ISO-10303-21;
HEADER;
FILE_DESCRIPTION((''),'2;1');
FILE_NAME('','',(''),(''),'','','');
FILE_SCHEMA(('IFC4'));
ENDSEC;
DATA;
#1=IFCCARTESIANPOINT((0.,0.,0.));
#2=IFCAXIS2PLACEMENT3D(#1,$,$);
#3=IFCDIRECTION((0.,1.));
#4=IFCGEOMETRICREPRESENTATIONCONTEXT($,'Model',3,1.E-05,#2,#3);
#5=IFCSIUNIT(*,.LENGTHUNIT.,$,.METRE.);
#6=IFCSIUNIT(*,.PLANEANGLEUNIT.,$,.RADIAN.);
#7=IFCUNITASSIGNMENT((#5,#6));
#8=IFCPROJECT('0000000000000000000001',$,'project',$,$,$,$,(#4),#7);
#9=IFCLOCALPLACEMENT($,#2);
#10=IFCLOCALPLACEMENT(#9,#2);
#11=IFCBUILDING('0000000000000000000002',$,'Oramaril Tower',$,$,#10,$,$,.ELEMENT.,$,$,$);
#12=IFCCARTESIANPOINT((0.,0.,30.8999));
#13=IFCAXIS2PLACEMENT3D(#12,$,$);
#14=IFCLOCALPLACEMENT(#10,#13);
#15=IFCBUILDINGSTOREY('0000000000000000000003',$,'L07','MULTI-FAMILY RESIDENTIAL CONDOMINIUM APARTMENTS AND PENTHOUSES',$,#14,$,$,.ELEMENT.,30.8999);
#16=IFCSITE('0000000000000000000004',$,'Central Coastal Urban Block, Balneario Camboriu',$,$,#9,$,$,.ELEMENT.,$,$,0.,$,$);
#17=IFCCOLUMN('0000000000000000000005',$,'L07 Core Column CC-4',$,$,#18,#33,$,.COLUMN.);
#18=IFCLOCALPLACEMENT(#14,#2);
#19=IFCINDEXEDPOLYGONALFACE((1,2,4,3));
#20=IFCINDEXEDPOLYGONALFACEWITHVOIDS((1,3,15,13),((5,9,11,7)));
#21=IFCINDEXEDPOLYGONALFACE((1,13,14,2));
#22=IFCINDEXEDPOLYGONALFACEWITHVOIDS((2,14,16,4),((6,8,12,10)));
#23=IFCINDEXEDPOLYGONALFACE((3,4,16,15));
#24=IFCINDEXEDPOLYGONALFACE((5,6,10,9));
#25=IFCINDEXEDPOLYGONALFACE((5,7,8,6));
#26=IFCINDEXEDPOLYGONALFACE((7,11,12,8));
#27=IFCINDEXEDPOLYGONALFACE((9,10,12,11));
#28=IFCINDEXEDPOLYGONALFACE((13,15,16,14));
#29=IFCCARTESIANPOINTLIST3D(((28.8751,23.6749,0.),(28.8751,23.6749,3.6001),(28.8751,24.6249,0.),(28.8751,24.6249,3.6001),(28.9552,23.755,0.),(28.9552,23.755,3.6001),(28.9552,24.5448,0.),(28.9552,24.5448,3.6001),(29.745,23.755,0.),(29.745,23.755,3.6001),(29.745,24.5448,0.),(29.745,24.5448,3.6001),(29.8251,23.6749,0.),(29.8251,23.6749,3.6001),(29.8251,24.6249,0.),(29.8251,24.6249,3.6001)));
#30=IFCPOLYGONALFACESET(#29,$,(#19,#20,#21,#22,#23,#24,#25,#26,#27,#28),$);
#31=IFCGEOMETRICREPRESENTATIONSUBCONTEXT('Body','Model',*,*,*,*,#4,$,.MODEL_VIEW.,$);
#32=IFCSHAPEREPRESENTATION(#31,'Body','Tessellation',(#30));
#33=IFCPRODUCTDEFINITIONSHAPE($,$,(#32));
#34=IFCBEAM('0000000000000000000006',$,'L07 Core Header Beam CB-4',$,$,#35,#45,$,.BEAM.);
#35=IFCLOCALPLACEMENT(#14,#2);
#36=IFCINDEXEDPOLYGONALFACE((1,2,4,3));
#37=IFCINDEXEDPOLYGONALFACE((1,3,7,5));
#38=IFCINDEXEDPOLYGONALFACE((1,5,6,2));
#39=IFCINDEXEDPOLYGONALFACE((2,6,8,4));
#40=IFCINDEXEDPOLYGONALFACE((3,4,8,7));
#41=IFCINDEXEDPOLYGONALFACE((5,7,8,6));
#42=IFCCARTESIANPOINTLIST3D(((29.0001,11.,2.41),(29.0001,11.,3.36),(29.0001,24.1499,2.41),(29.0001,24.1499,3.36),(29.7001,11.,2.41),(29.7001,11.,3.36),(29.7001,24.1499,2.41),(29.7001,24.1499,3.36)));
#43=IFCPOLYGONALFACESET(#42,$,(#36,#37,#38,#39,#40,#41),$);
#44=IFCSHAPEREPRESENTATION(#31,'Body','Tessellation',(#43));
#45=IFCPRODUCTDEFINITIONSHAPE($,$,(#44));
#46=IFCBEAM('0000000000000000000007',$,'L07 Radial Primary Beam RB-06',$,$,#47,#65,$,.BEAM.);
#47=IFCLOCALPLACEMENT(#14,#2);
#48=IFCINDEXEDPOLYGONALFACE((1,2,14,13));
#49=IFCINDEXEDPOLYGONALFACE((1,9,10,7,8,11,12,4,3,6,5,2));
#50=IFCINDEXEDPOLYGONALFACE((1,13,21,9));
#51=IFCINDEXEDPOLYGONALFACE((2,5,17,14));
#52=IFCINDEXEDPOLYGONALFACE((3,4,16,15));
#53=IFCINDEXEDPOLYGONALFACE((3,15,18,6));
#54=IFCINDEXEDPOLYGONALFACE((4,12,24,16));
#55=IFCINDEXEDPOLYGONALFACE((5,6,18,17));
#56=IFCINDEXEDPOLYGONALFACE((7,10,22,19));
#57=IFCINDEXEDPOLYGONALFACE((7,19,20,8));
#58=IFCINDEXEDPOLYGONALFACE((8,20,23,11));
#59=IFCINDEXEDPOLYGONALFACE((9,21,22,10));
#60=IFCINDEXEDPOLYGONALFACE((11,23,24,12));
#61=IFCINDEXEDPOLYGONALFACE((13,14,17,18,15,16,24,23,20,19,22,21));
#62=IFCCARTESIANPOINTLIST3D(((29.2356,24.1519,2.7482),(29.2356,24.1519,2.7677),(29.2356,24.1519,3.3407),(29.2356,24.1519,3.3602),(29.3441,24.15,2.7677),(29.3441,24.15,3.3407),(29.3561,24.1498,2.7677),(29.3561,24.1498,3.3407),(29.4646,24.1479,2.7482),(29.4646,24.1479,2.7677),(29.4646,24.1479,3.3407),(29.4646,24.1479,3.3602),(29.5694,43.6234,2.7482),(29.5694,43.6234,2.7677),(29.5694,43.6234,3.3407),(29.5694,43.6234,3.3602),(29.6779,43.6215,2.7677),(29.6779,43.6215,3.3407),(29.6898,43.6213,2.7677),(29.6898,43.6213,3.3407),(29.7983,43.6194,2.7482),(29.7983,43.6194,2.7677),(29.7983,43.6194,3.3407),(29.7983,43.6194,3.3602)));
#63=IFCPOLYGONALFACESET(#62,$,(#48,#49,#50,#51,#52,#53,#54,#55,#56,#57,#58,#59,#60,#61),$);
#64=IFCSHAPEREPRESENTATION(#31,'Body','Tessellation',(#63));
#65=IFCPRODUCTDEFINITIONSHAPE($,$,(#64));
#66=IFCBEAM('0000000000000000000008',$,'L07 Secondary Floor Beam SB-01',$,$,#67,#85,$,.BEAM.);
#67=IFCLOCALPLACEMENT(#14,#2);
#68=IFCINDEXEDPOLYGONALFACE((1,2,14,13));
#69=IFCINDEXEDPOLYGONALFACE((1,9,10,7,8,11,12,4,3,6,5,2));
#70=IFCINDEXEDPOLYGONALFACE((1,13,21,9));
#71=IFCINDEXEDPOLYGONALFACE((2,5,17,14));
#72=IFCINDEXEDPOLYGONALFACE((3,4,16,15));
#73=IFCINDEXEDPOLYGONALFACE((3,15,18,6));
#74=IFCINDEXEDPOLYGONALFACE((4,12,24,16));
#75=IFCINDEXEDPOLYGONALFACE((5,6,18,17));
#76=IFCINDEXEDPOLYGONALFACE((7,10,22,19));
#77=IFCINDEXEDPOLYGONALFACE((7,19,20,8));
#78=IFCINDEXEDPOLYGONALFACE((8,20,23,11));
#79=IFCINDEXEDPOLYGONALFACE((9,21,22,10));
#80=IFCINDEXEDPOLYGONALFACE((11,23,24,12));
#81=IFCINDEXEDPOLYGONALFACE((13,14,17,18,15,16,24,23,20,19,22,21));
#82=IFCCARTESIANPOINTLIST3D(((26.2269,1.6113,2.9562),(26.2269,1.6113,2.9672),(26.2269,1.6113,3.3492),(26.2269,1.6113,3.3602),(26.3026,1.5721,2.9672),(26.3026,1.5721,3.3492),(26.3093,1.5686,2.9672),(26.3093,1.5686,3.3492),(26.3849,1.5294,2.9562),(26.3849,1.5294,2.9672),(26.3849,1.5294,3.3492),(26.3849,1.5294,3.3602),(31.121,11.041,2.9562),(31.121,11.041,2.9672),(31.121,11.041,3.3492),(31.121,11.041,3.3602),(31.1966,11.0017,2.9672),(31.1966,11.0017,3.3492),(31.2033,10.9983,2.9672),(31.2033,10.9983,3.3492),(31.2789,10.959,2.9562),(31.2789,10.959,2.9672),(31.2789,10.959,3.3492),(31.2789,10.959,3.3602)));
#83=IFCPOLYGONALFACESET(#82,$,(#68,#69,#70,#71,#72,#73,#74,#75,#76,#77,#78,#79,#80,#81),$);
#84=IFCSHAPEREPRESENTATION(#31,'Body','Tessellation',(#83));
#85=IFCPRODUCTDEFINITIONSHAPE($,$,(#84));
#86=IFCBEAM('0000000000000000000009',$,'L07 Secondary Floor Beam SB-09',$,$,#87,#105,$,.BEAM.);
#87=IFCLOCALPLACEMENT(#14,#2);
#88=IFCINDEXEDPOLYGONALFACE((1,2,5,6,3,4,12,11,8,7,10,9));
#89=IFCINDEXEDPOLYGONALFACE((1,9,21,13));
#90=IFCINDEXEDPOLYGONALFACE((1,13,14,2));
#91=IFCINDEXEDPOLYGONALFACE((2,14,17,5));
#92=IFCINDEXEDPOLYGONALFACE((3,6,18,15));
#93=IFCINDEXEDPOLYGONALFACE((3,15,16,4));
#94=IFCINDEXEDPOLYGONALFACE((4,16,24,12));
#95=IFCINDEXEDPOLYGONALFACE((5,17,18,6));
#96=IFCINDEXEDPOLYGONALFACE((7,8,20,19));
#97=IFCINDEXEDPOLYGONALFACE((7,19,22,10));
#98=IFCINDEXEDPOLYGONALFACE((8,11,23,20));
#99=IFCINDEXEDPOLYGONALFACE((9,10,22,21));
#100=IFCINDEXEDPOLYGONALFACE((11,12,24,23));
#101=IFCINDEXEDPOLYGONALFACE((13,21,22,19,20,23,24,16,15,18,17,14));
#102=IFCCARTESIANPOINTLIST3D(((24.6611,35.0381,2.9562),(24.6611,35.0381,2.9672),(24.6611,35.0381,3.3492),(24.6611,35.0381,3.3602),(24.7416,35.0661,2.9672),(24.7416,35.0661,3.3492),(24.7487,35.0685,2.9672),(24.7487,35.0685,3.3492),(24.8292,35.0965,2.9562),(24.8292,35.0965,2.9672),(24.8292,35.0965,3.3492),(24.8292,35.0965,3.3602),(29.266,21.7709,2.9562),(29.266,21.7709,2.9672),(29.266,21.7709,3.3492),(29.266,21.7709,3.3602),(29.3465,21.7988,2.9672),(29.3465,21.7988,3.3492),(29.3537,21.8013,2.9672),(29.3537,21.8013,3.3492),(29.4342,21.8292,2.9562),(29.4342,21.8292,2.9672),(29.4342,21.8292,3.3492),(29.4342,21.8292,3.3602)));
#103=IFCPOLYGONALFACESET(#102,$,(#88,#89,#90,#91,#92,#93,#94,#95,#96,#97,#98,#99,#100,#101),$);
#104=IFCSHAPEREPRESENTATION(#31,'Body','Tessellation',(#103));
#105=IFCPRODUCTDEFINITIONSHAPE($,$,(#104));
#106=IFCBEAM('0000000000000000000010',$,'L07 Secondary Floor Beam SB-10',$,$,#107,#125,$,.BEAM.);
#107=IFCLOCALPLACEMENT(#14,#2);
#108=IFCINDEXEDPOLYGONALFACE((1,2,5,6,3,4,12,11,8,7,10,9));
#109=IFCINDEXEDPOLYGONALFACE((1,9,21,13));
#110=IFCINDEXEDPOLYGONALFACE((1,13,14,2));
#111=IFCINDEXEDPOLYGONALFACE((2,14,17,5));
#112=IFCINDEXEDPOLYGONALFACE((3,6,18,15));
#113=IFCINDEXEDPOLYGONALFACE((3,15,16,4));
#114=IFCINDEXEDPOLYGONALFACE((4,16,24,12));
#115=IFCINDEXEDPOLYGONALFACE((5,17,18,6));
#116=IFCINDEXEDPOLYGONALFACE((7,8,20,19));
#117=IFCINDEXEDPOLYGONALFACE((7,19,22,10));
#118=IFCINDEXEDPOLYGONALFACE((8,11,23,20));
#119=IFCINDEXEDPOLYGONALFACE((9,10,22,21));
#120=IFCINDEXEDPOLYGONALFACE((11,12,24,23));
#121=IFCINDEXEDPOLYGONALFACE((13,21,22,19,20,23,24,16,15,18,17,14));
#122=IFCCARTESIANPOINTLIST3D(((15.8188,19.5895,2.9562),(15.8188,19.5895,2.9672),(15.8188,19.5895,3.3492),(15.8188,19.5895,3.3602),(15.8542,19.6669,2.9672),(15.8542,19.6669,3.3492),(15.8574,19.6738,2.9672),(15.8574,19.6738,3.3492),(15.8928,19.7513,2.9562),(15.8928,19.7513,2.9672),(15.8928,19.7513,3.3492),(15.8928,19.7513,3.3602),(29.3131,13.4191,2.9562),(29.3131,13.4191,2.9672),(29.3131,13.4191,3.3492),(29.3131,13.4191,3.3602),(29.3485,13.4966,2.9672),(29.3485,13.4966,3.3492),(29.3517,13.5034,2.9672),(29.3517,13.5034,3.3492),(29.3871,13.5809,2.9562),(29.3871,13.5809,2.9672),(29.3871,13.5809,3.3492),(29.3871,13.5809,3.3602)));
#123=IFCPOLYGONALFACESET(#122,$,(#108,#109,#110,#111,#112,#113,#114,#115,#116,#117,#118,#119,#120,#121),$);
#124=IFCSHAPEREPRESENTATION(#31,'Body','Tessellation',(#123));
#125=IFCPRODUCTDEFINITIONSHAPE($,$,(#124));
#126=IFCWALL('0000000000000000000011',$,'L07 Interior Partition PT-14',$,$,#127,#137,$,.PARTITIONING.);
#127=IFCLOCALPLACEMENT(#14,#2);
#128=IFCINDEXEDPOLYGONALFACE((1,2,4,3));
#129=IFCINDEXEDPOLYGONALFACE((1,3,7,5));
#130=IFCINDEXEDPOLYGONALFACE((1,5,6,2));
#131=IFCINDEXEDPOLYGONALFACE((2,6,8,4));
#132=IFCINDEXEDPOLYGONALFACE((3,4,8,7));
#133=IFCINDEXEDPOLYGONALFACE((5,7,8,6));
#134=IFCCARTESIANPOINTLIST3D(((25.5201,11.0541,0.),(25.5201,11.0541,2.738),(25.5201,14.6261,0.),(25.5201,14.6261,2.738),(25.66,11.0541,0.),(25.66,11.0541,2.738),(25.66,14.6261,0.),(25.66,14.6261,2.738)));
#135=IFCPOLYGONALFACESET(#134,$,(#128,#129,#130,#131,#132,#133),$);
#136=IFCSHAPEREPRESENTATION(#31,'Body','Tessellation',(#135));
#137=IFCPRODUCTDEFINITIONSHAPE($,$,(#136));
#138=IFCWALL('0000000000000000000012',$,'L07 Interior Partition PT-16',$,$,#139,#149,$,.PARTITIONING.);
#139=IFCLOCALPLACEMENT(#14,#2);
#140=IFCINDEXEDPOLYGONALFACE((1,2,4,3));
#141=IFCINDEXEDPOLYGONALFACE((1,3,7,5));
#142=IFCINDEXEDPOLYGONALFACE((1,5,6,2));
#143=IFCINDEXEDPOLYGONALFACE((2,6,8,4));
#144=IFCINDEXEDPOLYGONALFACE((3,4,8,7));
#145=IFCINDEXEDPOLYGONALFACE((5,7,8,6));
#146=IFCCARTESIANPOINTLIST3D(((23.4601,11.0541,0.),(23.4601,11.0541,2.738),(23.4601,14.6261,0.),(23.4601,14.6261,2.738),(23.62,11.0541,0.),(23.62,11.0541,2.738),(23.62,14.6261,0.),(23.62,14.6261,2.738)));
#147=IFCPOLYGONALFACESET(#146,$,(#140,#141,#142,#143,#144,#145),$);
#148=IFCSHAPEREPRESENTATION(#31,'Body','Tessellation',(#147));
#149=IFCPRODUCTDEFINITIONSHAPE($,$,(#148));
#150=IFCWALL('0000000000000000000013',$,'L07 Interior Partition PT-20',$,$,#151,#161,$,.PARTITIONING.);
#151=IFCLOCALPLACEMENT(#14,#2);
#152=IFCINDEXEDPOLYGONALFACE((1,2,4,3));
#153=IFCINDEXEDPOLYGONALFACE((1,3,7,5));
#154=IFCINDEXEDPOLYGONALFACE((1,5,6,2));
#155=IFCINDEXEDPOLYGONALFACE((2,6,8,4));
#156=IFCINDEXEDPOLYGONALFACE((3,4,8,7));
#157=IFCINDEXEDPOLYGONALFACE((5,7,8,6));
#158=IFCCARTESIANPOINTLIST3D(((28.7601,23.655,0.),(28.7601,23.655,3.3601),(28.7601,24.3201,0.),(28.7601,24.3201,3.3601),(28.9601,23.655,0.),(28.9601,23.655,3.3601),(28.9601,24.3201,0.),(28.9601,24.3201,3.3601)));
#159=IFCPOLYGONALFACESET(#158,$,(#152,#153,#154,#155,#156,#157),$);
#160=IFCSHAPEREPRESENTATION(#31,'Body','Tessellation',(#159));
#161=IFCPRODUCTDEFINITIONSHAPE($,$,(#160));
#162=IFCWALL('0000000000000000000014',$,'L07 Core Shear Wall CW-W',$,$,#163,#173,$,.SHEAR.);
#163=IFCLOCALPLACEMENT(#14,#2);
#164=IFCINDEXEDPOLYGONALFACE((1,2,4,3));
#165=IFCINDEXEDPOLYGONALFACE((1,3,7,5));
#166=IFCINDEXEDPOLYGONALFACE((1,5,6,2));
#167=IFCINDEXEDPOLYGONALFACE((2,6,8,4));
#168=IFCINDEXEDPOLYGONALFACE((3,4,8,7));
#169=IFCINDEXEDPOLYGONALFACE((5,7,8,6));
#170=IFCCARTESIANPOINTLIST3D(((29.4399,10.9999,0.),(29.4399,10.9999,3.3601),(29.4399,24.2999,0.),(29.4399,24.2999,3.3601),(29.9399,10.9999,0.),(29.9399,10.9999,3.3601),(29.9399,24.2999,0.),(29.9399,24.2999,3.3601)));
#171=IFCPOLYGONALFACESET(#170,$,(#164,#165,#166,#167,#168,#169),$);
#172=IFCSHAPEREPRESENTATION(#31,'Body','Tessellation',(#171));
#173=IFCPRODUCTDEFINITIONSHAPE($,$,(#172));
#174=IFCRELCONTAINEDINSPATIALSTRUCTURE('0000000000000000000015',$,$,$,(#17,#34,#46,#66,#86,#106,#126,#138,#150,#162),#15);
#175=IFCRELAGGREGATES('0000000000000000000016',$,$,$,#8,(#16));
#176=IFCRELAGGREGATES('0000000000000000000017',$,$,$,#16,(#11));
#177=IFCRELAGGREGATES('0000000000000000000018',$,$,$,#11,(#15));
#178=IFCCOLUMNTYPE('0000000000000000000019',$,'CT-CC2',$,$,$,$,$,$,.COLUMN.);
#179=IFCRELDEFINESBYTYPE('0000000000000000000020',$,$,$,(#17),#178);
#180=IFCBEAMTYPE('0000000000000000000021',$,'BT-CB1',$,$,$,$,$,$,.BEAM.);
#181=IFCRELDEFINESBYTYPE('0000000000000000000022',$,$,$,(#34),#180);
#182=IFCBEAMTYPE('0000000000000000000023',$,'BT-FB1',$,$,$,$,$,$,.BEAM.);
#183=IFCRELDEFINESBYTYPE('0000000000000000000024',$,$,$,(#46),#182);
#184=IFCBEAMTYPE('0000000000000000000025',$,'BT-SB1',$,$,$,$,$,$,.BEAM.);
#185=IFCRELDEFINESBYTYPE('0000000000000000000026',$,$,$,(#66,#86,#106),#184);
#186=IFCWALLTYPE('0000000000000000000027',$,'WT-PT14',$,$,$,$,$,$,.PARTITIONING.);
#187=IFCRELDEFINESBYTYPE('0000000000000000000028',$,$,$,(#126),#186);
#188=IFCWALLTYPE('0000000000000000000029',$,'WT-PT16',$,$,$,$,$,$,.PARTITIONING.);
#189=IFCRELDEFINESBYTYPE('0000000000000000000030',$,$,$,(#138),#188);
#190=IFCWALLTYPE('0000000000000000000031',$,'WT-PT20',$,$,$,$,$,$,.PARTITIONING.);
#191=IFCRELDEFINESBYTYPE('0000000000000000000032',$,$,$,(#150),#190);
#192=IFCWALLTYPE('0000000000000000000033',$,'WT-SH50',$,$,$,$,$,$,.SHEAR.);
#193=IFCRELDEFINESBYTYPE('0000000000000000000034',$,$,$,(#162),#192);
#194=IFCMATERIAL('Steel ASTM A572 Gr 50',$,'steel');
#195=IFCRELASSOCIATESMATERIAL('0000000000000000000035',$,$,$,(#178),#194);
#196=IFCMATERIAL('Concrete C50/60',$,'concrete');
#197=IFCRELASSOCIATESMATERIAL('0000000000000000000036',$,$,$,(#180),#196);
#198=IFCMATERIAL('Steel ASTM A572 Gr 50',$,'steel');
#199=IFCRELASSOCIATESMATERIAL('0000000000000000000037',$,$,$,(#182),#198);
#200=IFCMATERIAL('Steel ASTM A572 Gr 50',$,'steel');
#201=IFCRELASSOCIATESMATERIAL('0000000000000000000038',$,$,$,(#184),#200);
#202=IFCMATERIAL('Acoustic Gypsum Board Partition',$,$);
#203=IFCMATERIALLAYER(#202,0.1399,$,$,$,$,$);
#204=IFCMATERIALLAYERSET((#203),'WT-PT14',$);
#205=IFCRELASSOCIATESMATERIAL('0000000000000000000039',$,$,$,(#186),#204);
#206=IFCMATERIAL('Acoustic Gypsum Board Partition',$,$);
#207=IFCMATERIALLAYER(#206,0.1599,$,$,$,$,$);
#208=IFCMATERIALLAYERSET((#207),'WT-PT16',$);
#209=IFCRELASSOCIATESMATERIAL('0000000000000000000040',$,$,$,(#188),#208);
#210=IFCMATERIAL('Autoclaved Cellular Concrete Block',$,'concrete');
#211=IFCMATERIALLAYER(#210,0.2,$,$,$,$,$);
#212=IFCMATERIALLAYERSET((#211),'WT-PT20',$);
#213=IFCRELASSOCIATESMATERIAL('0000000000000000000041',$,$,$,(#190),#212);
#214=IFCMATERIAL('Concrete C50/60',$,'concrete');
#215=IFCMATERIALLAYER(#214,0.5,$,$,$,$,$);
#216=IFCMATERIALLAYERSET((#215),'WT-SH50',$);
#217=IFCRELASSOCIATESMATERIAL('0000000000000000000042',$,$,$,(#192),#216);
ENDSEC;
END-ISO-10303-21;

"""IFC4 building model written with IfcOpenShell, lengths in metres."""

from ifc_helpers import new_model, si_unit, direction, frame, frame_2d, origin, origin_2d, place, context, subcontext, project, spatial, rectangle, hollow_rectangle, i_section, extrude, material, layer, layer_set, material_profile, profile_set, type_object, element, save


model = new_model("IFC4")

# Units and contexts
model_context = context("Model", 3, precision=1e-05, world=origin(), true_north=direction((0.0, 1.0)))
body_context = subcontext(model_context, "Body", "Model", "MODEL_VIEW")
ifc_project = project(units=[si_unit("LENGTHUNIT", "METRE"), si_unit("PLANEANGLEUNIT", "RADIAN")], contexts=[model_context])

# Site, building, storey
site_placement = place(None, origin())
site = spatial("IfcSite", under=ifc_project, at=site_placement, Name="Central Coastal Urban Block, Balneario Camboriu", CompositionType="ELEMENT", RefElevation=0.0)
building_placement = place(site_placement, origin())
building = spatial("IfcBuilding", under=site, at=building_placement, Name="Oramaril Tower", CompositionType="ELEMENT")
storey_placement = place(building_placement, frame((0.0, 0.0, 30.8999)))
storey = spatial("IfcBuildingStorey", under=building, at=storey_placement, Name="L07", Description="MULTI-FAMILY RESIDENTIAL CONDOMINIUM APARTMENTS AND PENTHOUSES", CompositionType="ELEMENT", Elevation=30.8999)

# Column
ifc_material_1 = material(Name="Steel ASTM A572 Gr 50", Category="steel")
ifc_material_profile_1 = material_profile(ifc_material_1, hollow_rectangle(XDim=0.95, YDim=0.95, WallThickness=0.0801, at=origin_2d()), Name="BOX950X950X80")
ifc_profile_set_1 = profile_set([ifc_material_profile_1], Name="Steel ASTM A572 Gr 50")
column_type = type_object("IfcColumnType", Name="CT-CC2", PredefinedType="COLUMN", material=ifc_profile_set_1)
column_placement = place(storey_placement, frame((29.3501, 24.1499, 0.0), z_axis=(0.0, 0.0, 1.0), x_axis=(1.0, 0.0, 0.0)))
element("IfcColumn", 1, at=column_placement, inside=storey, type_object=column_type, Name="L07 Core Column CC-4", PredefinedType="COLUMN", context=body_context, shape_type="SweptSolid", body=[
    extrude(hollow_rectangle(XDim=0.95, YDim=0.95, WallThickness=0.0801, at=origin_2d()), origin(), (0.0, 0.0, 1.0), 3.6001),
])

# Beams
ifc_material_2 = material(Name="Concrete C50/60", Category="concrete")
ifc_material_profile_2 = material_profile(ifc_material_2, rectangle(XDim=0.7, YDim=0.95, at=origin_2d()), Name="CB700X950")
ifc_profile_set_2 = profile_set([ifc_material_profile_2], Name="Concrete C50/60")
beam_type_1 = type_object("IfcBeamType", Name="BT-CB1", PredefinedType="BEAM", material=ifc_profile_set_2)
beam_1_placement = place(storey_placement, frame((29.3501, 24.1499, 2.885), z_axis=(0.0, -1.0, 0.0), x_axis=(1.0, 0.0, 0.0)))
element("IfcBeam", 2, at=beam_1_placement, inside=storey, type_object=beam_type_1, Name="L07 Core Header Beam CB-4", PredefinedType="BEAM", context=body_context, shape_type="SweptSolid", body=[
    extrude(rectangle(XDim=0.7, YDim=0.95, at=origin_2d()), origin(), (0.0, 0.0, 1.0), 13.1499),
])
ifc_material_3 = material(Name="Steel ASTM A572 Gr 50", Category="steel")
ifc_material_profile_3 = material_profile(ifc_material_3, i_section(OverallWidth=0.229, OverallDepth=0.6121, WebThickness=0.012, FlangeThickness=0.0195, at=origin_2d()), Name="W24X84")
ifc_profile_set_3 = profile_set([ifc_material_profile_3], Name="Steel ASTM A572 Gr 50")
beam_type_2 = type_object("IfcBeamType", Name="BT-FB1", PredefinedType="BEAM", material=ifc_profile_set_3)
beam_2_placement = place(storey_placement, frame((29.3501, 24.1499, 3.0542), z_axis=(0.017137, 0.999853, 0.0), x_axis=(-0.999853, 0.017137, 0.0)))
element("IfcBeam", 3, at=beam_2_placement, inside=storey, type_object=beam_type_2, Name="L07 Radial Primary Beam RB-06", PredefinedType="BEAM", context=body_context, shape_type="SweptSolid", body=[
    extrude(i_section(OverallWidth=0.229, OverallDepth=0.6121, WebThickness=0.012, FlangeThickness=0.0195, at=origin_2d()), origin(), (0.0, 0.0, 1.0), 19.4744),
])
ifc_material_4 = material(Name="Steel ASTM A572 Gr 50", Category="steel")
ifc_material_profile_4 = material_profile(ifc_material_4, i_section(OverallWidth=0.178, OverallDepth=0.4041, WebThickness=0.0076, FlangeThickness=0.011, at=origin_2d()), Name="W16X36")
ifc_profile_set_4 = profile_set([ifc_material_profile_4], Name="Steel ASTM A572 Gr 50")
beam_type_3 = type_object("IfcBeamType", Name="BT-SB1", PredefinedType="BEAM", material=ifc_profile_set_4)
beam_3_placement = place(storey_placement, frame((31.2, 11.0, 3.1582), z_axis=(-0.460657, -0.887578, 0.0), x_axis=(0.887578, -0.460657, 0.0)))
element("IfcBeam", 4, at=beam_3_placement, inside=storey, type_object=beam_type_3, Name="L07 Secondary Floor Beam SB-01", PredefinedType="BEAM", context=body_context, shape_type="SweptSolid", body=[
    extrude(i_section(OverallWidth=0.178, OverallDepth=0.4041, WebThickness=0.0076, FlangeThickness=0.011, at=origin_2d()), origin(), (0.0, 0.0, 1.0), 10.624),
])
beam_4_placement = place(storey_placement, frame((29.3501, 21.8, 3.1582), z_axis=(-0.327902, 0.944712, 0.0), x_axis=(-0.944712, -0.327902, 0.0)))
element("IfcBeam", 5, at=beam_4_placement, inside=storey, type_object=beam_type_3, Name="L07 Secondary Floor Beam SB-09", PredefinedType="BEAM", context=body_context, shape_type="SweptSolid", body=[
    extrude(i_section(OverallWidth=0.178, OverallDepth=0.4041, WebThickness=0.0076, FlangeThickness=0.011, at=origin_2d()), origin(), (0.0, 0.0, 1.0), 14.0437),
])
beam_5_placement = place(storey_placement, frame((29.3501, 13.5, 3.1582), z_axis=(-0.909435, 0.415846, 0.0), x_axis=(-0.415846, -0.909435, 0.0)))
element("IfcBeam", 6, at=beam_5_placement, inside=storey, type_object=beam_type_3, Name="L07 Secondary Floor Beam SB-10", PredefinedType="BEAM", context=body_context, shape_type="SweptSolid", body=[
    extrude(i_section(OverallWidth=0.178, OverallDepth=0.4041, WebThickness=0.0076, FlangeThickness=0.011, at=origin_2d()), origin(), (0.0, 0.0, 1.0), 14.8381),
])

# Walls
ifc_material_5 = material(Name="Acoustic Gypsum Board Partition")
ifc_layer_1 = layer(ifc_material_5, 0.1399)
ifc_layer_set_1 = layer_set([ifc_layer_1], Name="WT-PT14")
wall_type_1 = type_object("IfcWallType", Name="WT-PT14", PredefinedType="PARTITIONING", material=ifc_layer_set_1)
wall_1_placement = place(storey_placement, frame((25.5901, 11.054, 0.0), z_axis=(0.0, 0.0, 1.0), x_axis=(0.0, 1.0, 0.0)))
element("IfcWall", 7, at=wall_1_placement, inside=storey, type_object=wall_type_1, Name="L07 Interior Partition PT-14", PredefinedType="PARTITIONING", context=body_context, shape_type="SweptSolid", body=[
    extrude(rectangle(XDim=3.572, YDim=0.1399, at=frame_2d((1.7861, 0.0))), origin(), (0.0, 0.0, 1.0), 2.738),
])
ifc_material_6 = material(Name="Acoustic Gypsum Board Partition")
ifc_layer_2 = layer(ifc_material_6, 0.1599)
ifc_layer_set_2 = layer_set([ifc_layer_2], Name="WT-PT16")
wall_type_2 = type_object("IfcWallType", Name="WT-PT16", PredefinedType="PARTITIONING", material=ifc_layer_set_2)
wall_2_placement = place(storey_placement, frame((23.54, 11.054, 0.0), z_axis=(0.0, 0.0, 1.0), x_axis=(0.0, 1.0, 0.0)))
element("IfcWall", 8, at=wall_2_placement, inside=storey, type_object=wall_type_2, Name="L07 Interior Partition PT-16", PredefinedType="PARTITIONING", context=body_context, shape_type="SweptSolid", body=[
    extrude(rectangle(XDim=3.572, YDim=0.1599, at=frame_2d((1.7861, 0.0))), origin(), (0.0, 0.0, 1.0), 2.738),
])

# Shared definitions
ifc_material_7 = material(Name="Autoclaved Cellular Concrete Block", Category="concrete")
ifc_layer_3 = layer(ifc_material_7, 0.2)
ifc_layer_set_3 = layer_set([ifc_layer_3], Name="WT-PT20")
wall_type_3 = type_object("IfcWallType", Name="WT-PT20", PredefinedType="PARTITIONING", material=ifc_layer_set_3)

# Wall
wall_3_placement = place(storey_placement, frame((28.8601, 23.655, 0.0), z_axis=(0.0, 0.0, 1.0), x_axis=(0.0, 1.0, 0.0)))
element("IfcWall", 9, at=wall_3_placement, inside=storey, type_object=wall_type_3, Name="L07 Interior Partition PT-20", PredefinedType="PARTITIONING", context=body_context, shape_type="SweptSolid", body=[
    extrude(rectangle(XDim=0.665, YDim=0.2, at=frame_2d((0.3325, 0.0))), origin(), (0.0, 0.0, 1.0), 3.3601),
])

# Wall
ifc_material_8 = material(Name="Concrete C50/60", Category="concrete")
ifc_layer_4 = layer(ifc_material_8, 0.5)
ifc_layer_set_4 = layer_set([ifc_layer_4], Name="WT-SH50")
wall_type_4 = type_object("IfcWallType", Name="WT-SH50", PredefinedType="SHEAR", material=ifc_layer_set_4)
wall_4_placement = place(storey_placement, frame((29.6899, 11.0, 0.0), z_axis=(0.0, 0.0, 1.0), x_axis=(0.0, 1.0, 0.0)))
element("IfcWall", 10, at=wall_4_placement, inside=storey, type_object=wall_type_4, Name="L07 Core Shear Wall CW-W", PredefinedType="SHEAR", context=body_context, shape_type="SweptSolid", body=[
    extrude(rectangle(XDim=13.3, YDim=0.5, at=frame_2d((6.6499, 0.0))), origin(), (0.0, 0.0, 1.0), 3.3601),
])

save(model, "model.ifc")
